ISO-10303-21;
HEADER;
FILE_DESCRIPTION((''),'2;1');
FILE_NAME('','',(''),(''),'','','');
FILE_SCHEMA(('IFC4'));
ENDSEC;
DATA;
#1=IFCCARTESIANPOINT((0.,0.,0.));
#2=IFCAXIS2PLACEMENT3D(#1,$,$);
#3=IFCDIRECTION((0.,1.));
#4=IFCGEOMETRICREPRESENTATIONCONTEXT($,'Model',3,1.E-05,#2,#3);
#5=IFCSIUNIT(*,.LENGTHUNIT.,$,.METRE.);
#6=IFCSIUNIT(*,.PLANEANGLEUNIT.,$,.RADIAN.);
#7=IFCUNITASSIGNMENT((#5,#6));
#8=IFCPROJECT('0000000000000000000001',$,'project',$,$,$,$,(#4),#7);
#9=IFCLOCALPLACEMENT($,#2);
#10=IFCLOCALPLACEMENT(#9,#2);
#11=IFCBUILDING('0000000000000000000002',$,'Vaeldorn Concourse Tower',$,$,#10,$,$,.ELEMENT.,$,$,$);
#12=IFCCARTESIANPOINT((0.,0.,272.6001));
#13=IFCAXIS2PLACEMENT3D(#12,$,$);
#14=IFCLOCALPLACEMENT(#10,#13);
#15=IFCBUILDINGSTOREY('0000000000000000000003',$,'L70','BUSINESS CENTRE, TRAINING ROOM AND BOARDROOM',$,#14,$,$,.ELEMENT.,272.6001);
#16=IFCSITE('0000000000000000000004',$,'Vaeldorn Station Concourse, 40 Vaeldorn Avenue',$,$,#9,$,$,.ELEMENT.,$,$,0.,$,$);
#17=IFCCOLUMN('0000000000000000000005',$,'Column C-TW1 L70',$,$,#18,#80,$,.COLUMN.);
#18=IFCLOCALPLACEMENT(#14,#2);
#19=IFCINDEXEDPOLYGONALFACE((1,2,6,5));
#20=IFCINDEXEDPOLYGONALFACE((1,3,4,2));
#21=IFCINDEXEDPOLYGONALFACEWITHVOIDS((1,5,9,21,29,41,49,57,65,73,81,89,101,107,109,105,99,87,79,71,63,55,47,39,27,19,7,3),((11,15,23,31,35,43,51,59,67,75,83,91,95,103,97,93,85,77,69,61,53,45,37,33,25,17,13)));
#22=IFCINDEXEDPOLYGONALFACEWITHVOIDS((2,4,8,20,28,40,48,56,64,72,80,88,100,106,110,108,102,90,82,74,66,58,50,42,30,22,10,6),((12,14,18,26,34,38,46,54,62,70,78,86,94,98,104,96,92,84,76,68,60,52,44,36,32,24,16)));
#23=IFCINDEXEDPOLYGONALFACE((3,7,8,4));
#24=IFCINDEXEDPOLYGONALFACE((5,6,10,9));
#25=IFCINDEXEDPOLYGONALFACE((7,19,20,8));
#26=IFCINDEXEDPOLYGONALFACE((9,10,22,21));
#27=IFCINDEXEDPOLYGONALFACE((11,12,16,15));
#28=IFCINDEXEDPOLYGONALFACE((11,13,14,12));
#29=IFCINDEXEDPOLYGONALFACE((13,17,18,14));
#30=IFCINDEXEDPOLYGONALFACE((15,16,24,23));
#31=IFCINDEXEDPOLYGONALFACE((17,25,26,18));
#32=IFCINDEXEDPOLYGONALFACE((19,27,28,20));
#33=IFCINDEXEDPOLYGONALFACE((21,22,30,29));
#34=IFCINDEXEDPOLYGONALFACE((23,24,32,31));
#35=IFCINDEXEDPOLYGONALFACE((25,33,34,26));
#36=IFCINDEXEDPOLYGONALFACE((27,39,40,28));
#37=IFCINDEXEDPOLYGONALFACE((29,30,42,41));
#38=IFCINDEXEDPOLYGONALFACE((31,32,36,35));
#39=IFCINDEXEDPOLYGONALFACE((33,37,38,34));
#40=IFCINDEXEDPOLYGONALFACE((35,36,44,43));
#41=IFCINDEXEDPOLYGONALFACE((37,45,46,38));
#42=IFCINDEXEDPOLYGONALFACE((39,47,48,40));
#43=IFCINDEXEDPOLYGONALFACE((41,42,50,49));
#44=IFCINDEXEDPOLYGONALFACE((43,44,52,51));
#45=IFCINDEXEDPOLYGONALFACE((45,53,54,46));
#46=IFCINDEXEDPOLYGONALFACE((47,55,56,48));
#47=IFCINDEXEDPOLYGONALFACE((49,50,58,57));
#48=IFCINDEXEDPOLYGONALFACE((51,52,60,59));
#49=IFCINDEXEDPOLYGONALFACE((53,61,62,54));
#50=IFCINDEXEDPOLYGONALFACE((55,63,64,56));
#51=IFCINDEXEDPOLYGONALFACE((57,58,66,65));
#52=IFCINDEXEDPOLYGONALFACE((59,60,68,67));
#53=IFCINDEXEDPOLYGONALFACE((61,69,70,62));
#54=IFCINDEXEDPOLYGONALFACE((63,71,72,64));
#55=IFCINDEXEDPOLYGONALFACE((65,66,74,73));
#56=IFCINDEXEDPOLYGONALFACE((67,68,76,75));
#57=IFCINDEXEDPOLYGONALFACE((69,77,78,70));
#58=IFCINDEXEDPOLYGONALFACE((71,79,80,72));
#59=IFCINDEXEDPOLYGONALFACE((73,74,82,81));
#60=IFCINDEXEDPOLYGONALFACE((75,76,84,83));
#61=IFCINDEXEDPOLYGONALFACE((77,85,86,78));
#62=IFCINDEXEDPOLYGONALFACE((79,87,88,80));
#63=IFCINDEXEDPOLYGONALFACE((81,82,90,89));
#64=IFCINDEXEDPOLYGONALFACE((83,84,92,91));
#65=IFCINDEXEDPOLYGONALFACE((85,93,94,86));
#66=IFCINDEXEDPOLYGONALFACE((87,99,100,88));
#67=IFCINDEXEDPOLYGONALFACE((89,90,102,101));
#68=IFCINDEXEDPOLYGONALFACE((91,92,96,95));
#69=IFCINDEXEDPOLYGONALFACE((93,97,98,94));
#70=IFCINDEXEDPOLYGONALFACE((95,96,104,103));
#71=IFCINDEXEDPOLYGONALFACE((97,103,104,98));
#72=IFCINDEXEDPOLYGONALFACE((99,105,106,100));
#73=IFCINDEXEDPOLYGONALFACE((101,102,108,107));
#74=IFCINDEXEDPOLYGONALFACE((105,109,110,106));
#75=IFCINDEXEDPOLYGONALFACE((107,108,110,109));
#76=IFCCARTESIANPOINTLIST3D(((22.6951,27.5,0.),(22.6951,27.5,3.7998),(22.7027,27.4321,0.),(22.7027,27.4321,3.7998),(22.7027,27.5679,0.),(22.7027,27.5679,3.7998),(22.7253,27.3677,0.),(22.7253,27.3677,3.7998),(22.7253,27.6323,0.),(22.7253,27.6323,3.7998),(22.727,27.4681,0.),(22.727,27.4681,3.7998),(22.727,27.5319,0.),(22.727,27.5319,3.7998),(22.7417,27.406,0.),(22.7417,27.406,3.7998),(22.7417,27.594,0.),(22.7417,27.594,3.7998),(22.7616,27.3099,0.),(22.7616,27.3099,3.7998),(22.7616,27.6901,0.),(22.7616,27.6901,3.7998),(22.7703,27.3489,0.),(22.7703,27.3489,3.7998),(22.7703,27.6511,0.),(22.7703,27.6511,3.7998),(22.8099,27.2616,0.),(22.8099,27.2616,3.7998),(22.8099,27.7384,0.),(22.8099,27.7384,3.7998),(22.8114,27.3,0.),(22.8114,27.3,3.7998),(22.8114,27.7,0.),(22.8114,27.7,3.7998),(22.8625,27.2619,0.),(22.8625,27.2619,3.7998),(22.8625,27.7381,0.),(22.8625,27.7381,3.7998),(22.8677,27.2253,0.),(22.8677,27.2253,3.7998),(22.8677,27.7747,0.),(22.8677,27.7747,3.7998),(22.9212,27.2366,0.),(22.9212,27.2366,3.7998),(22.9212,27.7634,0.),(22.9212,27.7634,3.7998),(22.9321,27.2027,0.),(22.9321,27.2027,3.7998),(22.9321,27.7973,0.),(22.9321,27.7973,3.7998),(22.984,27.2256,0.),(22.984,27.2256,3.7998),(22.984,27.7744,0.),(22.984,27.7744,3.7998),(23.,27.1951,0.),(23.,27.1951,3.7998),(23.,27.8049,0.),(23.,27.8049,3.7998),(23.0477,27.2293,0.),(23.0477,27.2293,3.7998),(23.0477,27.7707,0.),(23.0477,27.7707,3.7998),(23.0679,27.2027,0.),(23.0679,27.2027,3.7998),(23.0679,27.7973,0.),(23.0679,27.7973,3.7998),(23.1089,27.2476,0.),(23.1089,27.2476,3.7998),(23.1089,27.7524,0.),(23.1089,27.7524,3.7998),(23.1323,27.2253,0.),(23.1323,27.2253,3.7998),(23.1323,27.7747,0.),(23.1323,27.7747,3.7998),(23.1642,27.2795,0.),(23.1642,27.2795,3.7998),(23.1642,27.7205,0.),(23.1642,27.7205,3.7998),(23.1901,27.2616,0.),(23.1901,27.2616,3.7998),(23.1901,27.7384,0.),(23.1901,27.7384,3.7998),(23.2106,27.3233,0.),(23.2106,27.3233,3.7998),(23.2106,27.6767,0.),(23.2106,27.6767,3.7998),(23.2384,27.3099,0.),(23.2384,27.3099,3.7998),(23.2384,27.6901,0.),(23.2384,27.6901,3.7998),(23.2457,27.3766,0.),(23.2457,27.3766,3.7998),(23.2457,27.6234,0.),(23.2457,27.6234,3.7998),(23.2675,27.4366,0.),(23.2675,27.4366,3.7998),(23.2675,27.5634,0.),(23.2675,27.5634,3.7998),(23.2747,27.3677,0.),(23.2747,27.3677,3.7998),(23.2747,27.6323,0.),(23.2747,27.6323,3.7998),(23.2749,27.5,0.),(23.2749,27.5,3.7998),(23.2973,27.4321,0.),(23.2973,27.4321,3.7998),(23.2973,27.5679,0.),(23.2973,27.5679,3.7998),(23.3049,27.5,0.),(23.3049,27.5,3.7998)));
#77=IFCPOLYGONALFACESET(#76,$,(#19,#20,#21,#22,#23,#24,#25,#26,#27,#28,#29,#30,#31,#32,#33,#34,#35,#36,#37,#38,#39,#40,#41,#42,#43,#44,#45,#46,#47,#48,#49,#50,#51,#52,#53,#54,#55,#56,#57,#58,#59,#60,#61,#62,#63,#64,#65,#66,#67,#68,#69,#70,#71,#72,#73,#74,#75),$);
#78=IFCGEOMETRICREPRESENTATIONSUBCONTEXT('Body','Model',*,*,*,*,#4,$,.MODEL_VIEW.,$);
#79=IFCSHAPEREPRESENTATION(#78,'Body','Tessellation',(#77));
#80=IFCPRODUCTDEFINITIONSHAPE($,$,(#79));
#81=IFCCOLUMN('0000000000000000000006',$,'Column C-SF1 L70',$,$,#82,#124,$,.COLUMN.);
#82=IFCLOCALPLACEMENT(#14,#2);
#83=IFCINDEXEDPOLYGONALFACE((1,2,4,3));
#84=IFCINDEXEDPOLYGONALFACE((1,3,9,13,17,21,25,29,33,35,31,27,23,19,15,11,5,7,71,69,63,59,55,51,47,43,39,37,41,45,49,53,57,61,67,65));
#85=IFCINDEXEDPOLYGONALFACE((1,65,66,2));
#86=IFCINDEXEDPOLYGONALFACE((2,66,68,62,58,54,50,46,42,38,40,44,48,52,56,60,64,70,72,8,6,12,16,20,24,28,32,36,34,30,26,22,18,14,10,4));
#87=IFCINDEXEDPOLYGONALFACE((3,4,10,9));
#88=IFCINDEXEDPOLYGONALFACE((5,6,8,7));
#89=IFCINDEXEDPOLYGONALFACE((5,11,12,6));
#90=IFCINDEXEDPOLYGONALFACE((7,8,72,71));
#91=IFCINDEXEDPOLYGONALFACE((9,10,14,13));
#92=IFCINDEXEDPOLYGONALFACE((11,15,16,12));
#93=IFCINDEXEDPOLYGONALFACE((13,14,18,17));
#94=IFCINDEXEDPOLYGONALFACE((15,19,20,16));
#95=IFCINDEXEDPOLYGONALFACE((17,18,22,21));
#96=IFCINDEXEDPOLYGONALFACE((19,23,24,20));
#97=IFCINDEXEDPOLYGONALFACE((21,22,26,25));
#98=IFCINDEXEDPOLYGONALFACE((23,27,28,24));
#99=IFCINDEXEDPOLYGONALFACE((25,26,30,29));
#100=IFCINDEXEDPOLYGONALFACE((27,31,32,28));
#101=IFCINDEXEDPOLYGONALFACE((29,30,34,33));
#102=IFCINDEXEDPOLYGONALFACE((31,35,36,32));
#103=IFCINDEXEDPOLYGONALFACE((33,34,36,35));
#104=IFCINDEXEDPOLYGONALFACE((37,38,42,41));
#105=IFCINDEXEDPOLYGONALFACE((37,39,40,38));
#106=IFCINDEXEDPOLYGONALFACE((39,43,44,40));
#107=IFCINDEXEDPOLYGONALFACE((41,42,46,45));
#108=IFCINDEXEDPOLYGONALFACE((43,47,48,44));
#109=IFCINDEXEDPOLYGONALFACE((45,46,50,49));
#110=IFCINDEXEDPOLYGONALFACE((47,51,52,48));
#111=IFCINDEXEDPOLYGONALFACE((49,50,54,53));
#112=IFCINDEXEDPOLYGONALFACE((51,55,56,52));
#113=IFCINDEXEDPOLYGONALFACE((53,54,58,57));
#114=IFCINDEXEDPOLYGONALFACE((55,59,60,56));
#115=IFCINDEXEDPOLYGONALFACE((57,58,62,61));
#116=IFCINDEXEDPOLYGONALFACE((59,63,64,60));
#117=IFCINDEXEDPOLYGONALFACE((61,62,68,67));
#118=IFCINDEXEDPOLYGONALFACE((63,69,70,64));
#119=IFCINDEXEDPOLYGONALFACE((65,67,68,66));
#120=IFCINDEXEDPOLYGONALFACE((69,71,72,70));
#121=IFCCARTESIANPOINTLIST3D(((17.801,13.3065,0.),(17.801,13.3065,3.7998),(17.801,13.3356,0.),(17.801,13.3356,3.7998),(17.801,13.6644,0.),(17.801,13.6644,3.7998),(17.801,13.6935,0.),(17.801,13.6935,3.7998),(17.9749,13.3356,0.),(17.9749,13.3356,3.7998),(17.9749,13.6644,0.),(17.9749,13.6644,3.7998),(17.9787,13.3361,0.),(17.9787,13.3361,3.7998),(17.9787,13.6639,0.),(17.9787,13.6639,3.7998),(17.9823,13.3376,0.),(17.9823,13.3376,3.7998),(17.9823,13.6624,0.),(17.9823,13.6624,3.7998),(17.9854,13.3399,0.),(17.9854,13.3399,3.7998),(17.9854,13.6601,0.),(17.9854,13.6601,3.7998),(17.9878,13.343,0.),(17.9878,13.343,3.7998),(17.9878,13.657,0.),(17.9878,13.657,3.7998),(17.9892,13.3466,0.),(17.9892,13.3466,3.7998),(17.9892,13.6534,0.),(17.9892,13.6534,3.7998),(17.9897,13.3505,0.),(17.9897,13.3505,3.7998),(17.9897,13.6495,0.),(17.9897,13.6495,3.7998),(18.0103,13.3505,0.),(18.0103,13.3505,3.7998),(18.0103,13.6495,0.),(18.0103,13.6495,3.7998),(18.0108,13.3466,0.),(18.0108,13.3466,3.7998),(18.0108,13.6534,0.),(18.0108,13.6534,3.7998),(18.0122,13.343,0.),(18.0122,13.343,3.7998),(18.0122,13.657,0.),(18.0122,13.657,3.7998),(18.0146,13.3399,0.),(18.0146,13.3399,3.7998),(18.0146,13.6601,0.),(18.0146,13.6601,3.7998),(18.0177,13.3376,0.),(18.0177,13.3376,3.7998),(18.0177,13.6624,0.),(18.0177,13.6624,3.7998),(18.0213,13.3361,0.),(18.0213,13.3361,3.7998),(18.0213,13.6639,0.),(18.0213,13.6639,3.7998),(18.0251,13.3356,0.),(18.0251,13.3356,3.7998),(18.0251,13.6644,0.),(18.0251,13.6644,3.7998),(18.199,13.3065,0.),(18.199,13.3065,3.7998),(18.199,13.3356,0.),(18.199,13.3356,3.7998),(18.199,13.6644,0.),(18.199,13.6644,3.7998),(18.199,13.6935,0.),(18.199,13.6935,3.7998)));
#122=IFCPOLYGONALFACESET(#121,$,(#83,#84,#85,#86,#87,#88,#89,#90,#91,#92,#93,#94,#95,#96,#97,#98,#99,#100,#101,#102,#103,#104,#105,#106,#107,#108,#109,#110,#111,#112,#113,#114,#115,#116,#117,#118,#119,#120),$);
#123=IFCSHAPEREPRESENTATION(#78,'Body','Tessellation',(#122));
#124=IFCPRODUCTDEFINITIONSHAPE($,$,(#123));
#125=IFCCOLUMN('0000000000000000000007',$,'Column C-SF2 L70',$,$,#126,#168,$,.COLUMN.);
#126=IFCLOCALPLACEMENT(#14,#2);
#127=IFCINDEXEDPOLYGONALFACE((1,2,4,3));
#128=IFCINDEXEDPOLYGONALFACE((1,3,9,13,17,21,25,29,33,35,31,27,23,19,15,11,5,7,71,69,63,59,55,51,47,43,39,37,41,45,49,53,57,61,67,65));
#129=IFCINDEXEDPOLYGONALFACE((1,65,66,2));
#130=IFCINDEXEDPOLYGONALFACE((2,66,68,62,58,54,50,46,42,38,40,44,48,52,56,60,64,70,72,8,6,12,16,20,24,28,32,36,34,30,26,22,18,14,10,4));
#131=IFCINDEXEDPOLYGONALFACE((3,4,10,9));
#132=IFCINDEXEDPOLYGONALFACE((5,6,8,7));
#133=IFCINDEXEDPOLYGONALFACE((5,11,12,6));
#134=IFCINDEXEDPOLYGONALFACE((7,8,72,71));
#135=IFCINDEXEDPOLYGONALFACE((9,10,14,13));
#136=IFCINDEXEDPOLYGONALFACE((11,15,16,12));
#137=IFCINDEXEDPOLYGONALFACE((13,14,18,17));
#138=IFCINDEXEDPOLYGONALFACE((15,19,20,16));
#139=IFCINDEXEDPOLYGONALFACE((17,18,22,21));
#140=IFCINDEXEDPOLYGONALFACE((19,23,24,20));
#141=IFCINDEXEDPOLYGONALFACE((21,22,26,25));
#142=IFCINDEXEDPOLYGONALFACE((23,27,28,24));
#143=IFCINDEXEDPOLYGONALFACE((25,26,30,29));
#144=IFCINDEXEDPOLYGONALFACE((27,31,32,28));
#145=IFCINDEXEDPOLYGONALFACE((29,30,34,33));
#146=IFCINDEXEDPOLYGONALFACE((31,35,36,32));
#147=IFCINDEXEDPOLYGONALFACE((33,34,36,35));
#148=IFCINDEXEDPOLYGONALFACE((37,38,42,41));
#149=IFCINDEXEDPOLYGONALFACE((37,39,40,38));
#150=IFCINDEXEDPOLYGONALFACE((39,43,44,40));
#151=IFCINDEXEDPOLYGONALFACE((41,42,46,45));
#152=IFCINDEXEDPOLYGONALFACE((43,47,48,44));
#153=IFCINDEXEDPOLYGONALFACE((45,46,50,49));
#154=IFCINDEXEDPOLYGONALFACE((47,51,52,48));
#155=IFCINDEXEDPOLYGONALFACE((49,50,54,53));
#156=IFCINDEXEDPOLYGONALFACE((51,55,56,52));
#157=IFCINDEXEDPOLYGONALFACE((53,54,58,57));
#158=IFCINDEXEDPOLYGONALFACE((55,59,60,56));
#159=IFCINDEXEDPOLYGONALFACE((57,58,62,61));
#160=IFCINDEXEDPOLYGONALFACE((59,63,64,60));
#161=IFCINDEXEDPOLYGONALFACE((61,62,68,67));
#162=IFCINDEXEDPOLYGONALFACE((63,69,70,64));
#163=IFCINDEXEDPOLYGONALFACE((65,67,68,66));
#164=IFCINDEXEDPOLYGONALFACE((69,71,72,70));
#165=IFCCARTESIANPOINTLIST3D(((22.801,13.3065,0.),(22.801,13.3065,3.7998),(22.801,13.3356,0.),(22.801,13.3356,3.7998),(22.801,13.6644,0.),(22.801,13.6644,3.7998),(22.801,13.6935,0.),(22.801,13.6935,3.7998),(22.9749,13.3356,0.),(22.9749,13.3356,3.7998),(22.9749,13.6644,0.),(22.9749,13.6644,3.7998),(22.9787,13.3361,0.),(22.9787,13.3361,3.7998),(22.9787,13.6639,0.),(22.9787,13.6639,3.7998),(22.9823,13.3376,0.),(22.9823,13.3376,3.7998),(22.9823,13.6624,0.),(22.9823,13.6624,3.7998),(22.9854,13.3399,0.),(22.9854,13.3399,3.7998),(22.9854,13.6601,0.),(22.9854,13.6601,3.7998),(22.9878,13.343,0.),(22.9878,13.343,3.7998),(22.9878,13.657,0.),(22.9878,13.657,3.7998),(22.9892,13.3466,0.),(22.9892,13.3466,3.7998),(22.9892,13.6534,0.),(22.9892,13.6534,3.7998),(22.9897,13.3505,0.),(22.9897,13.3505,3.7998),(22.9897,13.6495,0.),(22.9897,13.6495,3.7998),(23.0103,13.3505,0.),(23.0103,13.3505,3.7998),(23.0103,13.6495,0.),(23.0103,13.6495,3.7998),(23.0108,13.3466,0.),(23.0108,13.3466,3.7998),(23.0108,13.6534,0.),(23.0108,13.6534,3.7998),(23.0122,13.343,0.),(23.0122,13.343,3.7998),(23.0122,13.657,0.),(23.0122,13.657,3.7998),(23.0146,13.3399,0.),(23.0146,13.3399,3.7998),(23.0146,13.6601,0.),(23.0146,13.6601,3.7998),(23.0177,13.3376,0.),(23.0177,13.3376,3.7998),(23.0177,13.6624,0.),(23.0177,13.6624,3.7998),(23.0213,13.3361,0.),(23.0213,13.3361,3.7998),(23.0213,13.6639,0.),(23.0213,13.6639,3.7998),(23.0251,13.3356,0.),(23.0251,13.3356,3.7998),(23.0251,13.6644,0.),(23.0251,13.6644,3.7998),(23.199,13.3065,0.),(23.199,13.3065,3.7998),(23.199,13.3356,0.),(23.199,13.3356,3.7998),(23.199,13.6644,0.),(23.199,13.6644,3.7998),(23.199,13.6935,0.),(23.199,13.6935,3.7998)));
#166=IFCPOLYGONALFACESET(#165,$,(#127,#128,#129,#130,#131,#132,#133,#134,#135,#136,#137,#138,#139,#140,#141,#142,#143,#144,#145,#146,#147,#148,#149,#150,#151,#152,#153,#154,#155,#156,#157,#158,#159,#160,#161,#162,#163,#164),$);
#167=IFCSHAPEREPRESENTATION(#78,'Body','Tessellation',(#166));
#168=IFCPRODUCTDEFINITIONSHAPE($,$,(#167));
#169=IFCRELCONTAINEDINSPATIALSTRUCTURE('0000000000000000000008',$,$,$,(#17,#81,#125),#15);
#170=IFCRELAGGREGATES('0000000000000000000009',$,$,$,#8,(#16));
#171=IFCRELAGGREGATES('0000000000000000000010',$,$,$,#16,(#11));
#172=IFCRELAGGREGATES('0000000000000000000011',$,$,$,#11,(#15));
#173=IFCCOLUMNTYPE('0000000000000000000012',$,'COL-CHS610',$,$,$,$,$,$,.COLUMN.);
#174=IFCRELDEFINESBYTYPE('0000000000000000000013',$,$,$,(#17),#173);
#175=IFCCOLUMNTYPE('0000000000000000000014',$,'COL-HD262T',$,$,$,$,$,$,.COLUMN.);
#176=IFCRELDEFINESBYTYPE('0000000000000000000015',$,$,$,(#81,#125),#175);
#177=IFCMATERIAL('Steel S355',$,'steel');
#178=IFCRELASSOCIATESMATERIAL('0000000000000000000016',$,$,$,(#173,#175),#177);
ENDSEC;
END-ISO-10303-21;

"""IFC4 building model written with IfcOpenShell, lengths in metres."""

from ifc_helpers import new_model, si_unit, direction, frame, origin, origin_2d, place, context, subcontext, project, spatial, hollow_circle, i_section, extrude, source, transform, mapped, material, material_profile, profile_set, type_object, element, save


model = new_model("IFC4")

# Units and contexts
model_context = context("Model", 3, precision=1e-05, world=origin(), true_north=direction((0.0, 1.0)))
body_context = subcontext(model_context, "Body", "Model", "MODEL_VIEW")
ifc_project = project(units=[si_unit("LENGTHUNIT", "METRE"), si_unit("PLANEANGLEUNIT", "RADIAN")], contexts=[model_context])

# Site, building, storey
site_placement = place(None, origin())
site = spatial("IfcSite", under=ifc_project, at=site_placement, Name="Vaeldorn Station Concourse, 40 Vaeldorn Avenue", CompositionType="ELEMENT", RefElevation=0.0)
building_placement = place(site_placement, origin())
building = spatial("IfcBuilding", under=site, at=building_placement, Name="Vaeldorn Concourse Tower", CompositionType="ELEMENT")
storey_placement = place(building_placement, frame((0.0, 0.0, 272.6001)))
storey = spatial("IfcBuildingStorey", under=building, at=storey_placement, Name="L70", Description="BUSINESS CENTRE, TRAINING ROOM AND BOARDROOM", CompositionType="ELEMENT", Elevation=272.6001)

# Columns
ifc_material_1 = material(Name="Steel S355", Category="steel")
ifc_material_profile_1 = material_profile(ifc_material_1, hollow_circle(Radius=0.3049, WallThickness=0.03, at=origin_2d()), Name="CHS 610x30")
ifc_profile_set_1 = profile_set([ifc_material_profile_1], Name="Steel S355")
column_type_1 = type_object("IfcColumnType", Name="COL-CHS610", PredefinedType="COLUMN", material=ifc_profile_set_1)
shared_shape_1 = source(origin(), body_context, "Body", "SweptSolid", [
    extrude(hollow_circle(Radius=0.3049, WallThickness=0.03, at=origin_2d()), origin(), (0.0, 0.0, 1.0), 3.7998),
])
column_placement = place(storey_placement, frame((23.0, 27.5, 0.0), z_axis=(0.0, 0.0, 1.0), x_axis=(1.0, 0.0, 0.0)))
element("IfcColumn", 1, at=column_placement, inside=storey, type_object=column_type_1, Name="Column C-TW1 L70", PredefinedType="COLUMN", context=body_context, shape_type="MappedRepresentation", body=[
    mapped(shared_shape_1, transform((0.0, 0.0, 0.0), scale=1.0)),
])
ifc_material_profile_2 = material_profile(ifc_material_1, i_section(OverallWidth=0.3979, OverallDepth=0.387, WebThickness=0.0205, FlangeThickness=0.0291, FilletRadius=0.0149, at=origin_2d()), Name="HD 400x262")
ifc_profile_set_2 = profile_set([ifc_material_profile_2], Name="Steel S355")
column_type_2 = type_object("IfcColumnType", Name="COL-HD262T", PredefinedType="COLUMN", material=ifc_profile_set_2)
shared_shape_2 = source(origin(), body_context, "Body", "SweptSolid", [
    extrude(i_section(OverallWidth=0.3979, OverallDepth=0.387, WebThickness=0.0205, FlangeThickness=0.0291, FilletRadius=0.0149, at=origin_2d()), origin(), (0.0, 0.0, 1.0), 3.7998),
])
for number, where, z_axis, x_axis, name in (
    (2, (18.0, 13.5, 0.0), (0.0, 0.0, 1.0), (1.0, 0.0, 0.0), "Column C-SF1 L70"),
    (3, (23.0, 13.5, 0.0), (0.0, 0.0, 1.0), (1.0, 0.0, 0.0), "Column C-SF2 L70"),
):
    element("IfcColumn", number, at=place(storey_placement, frame(where, z_axis=z_axis, x_axis=x_axis)), inside=storey, type_object=column_type_2, Name=name, PredefinedType="COLUMN", context=body_context, shape_type="MappedRepresentation", body=[
        mapped(shared_shape_2, transform((0.0, 0.0, 0.0), scale=1.0)),
    ])

save(model, "model.ifc")
